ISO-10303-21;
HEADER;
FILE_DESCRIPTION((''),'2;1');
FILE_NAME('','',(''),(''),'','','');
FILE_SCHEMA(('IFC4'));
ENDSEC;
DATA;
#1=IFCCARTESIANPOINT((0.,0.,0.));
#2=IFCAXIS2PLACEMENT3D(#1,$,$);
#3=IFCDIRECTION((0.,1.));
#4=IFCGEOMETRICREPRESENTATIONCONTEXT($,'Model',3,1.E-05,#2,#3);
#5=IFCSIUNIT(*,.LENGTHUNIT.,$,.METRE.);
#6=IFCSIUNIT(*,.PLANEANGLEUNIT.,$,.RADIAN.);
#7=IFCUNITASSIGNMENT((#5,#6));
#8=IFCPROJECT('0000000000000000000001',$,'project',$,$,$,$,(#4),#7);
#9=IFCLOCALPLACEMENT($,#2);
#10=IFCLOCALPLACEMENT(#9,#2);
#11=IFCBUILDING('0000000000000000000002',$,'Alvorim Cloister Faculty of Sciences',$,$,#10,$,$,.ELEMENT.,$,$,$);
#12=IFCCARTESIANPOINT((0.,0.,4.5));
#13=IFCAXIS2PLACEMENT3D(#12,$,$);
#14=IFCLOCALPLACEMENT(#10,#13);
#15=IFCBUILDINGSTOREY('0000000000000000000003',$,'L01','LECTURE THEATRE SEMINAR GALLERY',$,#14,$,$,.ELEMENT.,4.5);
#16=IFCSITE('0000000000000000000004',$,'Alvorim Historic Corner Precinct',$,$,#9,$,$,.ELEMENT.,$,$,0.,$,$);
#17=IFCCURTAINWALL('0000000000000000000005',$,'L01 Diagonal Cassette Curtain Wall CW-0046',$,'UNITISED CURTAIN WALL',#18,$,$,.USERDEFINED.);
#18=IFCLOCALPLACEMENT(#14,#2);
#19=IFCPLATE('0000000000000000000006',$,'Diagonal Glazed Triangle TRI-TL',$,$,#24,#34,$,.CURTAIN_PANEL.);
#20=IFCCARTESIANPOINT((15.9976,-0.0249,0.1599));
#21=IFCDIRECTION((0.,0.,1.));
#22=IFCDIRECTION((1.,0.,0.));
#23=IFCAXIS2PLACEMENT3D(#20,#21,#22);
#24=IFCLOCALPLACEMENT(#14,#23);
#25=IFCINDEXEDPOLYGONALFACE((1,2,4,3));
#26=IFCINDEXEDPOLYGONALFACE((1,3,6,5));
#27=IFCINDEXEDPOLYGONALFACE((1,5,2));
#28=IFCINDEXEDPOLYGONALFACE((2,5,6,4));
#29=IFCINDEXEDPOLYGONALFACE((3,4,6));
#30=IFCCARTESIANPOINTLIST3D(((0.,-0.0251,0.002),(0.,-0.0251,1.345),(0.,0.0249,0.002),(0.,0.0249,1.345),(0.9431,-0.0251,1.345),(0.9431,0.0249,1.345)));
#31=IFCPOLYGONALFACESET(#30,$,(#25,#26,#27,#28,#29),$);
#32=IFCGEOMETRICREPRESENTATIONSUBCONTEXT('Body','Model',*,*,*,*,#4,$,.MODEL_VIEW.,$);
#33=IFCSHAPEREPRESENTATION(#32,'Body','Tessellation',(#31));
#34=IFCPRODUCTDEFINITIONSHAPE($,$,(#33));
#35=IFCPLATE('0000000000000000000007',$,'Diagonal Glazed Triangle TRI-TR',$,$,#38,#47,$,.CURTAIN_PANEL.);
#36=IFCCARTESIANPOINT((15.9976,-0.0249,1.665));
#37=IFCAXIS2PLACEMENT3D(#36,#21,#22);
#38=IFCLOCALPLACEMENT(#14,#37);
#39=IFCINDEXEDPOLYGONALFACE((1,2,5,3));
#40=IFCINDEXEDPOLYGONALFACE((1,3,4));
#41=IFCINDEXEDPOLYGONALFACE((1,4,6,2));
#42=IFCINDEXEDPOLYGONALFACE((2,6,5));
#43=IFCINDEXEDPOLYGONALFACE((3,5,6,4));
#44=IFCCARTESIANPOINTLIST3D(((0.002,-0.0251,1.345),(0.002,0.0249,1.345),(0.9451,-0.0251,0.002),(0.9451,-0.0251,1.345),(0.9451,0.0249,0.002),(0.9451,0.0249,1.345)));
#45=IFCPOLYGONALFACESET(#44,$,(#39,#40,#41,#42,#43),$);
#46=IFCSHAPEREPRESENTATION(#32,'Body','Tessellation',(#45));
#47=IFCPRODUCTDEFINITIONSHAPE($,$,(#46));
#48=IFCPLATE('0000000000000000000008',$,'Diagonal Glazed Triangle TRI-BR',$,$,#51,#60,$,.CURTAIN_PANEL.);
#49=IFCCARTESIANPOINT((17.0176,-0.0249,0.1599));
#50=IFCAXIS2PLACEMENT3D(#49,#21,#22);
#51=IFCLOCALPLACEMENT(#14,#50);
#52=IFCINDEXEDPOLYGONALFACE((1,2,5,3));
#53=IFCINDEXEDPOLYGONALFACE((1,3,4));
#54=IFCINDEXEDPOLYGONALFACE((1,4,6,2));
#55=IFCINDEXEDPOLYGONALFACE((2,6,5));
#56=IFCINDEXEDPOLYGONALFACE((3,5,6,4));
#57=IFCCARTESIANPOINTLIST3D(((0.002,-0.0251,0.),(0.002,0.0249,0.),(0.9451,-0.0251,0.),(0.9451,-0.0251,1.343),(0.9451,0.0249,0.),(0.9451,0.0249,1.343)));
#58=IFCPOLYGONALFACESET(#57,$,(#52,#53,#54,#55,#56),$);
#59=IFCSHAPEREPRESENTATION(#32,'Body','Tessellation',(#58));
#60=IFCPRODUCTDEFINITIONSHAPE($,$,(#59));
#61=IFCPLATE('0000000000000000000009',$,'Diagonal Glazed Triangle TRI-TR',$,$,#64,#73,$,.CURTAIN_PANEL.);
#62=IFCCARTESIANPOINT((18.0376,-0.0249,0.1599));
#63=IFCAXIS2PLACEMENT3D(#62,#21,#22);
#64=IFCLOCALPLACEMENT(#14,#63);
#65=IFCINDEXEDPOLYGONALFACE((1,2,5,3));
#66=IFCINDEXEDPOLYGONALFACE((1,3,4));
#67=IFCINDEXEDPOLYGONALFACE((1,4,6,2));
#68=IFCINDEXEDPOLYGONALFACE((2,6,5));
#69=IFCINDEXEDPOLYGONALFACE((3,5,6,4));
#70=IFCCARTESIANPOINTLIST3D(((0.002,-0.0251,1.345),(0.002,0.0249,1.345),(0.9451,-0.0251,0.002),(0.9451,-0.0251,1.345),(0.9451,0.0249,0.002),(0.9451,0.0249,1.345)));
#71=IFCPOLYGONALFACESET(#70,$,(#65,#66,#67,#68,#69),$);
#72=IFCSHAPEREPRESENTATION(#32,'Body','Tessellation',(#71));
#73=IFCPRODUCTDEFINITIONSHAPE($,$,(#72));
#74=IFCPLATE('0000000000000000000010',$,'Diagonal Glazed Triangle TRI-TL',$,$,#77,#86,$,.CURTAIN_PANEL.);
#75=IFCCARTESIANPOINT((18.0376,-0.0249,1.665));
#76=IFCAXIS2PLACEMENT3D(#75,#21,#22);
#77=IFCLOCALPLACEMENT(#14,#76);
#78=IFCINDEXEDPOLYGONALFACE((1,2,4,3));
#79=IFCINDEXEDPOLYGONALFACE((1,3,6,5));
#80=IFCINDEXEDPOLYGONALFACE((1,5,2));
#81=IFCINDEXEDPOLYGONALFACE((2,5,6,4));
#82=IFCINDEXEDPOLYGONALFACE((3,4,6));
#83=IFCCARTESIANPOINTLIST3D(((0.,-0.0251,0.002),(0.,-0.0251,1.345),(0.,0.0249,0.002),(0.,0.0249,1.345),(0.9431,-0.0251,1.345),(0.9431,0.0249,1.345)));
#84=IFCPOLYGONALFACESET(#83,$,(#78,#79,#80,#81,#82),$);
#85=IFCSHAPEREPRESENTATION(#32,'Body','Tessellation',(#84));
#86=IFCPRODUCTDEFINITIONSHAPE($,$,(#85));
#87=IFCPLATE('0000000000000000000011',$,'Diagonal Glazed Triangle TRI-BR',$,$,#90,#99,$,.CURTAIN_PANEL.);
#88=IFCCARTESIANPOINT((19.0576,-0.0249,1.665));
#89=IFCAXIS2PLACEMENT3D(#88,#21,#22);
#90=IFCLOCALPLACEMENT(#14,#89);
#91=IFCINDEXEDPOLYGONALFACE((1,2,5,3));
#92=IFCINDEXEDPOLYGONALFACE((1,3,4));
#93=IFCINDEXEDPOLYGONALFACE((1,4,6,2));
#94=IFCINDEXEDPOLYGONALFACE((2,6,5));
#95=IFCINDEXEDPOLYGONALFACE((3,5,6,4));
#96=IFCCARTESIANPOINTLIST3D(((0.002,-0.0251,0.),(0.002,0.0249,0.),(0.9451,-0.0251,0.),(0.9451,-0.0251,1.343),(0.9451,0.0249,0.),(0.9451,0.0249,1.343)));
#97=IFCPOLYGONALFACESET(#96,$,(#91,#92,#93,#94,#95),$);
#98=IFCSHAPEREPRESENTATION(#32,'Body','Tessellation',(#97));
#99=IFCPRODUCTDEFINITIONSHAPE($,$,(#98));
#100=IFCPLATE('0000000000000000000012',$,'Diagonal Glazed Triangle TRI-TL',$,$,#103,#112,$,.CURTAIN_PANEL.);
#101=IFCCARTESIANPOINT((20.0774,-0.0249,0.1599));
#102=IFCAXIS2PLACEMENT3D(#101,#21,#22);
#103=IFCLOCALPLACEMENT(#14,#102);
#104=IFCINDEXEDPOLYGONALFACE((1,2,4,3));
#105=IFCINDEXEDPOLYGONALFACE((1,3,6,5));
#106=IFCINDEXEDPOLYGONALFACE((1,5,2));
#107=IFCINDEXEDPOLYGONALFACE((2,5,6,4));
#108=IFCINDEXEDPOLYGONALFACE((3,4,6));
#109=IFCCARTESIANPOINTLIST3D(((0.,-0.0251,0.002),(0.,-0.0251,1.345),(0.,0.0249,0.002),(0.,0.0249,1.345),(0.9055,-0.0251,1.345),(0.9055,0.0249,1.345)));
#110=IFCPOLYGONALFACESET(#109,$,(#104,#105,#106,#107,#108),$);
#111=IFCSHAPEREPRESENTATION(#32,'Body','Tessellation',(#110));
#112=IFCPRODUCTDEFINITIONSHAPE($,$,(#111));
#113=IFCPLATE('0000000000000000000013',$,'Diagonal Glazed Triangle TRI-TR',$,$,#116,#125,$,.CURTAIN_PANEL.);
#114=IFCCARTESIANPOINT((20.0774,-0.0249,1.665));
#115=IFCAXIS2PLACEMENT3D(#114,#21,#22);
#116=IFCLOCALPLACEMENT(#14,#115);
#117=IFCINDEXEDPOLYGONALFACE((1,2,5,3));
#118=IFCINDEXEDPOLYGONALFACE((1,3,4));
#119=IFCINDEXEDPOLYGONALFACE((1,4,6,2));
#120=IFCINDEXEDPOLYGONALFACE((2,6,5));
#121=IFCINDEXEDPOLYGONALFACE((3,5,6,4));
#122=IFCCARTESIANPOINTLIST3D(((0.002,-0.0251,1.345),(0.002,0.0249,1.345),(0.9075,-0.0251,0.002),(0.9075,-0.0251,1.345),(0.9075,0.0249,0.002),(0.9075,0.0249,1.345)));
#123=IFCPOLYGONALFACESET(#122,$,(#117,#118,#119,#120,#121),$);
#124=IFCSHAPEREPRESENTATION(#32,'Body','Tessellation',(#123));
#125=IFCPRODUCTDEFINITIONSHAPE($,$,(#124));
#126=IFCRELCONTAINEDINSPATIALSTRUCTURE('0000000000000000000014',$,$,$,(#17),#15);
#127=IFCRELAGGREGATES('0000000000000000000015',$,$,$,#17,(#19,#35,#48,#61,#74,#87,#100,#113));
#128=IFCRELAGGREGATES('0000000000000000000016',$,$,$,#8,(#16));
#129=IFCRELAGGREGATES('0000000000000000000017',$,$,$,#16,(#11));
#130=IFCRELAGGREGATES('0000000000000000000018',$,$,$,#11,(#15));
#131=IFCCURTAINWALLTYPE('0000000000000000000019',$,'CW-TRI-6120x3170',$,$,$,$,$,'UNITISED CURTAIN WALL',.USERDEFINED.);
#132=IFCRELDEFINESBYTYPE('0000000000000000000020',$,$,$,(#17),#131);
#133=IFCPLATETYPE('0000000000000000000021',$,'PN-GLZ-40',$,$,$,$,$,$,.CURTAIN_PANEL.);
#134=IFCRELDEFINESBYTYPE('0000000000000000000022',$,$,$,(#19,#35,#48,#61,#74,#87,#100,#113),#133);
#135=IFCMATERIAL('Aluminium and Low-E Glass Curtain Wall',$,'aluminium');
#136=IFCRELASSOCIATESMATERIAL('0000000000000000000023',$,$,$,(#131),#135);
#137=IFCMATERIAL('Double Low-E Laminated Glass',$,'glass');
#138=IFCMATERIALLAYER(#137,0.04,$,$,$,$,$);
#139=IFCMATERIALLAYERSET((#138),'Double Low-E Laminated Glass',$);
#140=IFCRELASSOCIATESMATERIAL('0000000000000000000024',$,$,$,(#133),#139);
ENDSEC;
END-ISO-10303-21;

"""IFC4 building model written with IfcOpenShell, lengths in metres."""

from ifc_helpers import new_model, si_unit, direction, frame, origin, place, context, subcontext, project, spatial, polyline, outline, extrude, material, layer, layer_set, type_object, element, aggregate, save


model = new_model("IFC4")

# Units and contexts
model_context = context("Model", 3, precision=1e-05, world=origin(), true_north=direction((0.0, 1.0)))
body_context = subcontext(model_context, "Body", "Model", "MODEL_VIEW")
ifc_project = project(units=[si_unit("LENGTHUNIT", "METRE"), si_unit("PLANEANGLEUNIT", "RADIAN")], contexts=[model_context])

# Site, building, storey
site_placement = place(None, origin())
site = spatial("IfcSite", under=ifc_project, at=site_placement, Name="Alvorim Historic Corner Precinct", CompositionType="ELEMENT", RefElevation=0.0)
building_placement = place(site_placement, origin())
building = spatial("IfcBuilding", under=site, at=building_placement, Name="Alvorim Cloister Faculty of Sciences", CompositionType="ELEMENT")
storey_placement = place(building_placement, frame((0.0, 0.0, 4.5)))
storey = spatial("IfcBuildingStorey", under=building, at=storey_placement, Name="L01", Description="LECTURE THEATRE SEMINAR GALLERY", CompositionType="ELEMENT", Elevation=4.5)

# Curtain wall, plates
ifc_material_1 = material(Name="Aluminium and Low-E Glass Curtain Wall", Category="aluminium")
curtain_wall_type = type_object("IfcCurtainWallType", Name="CW-TRI-6120x3170", ElementType="UNITISED CURTAIN WALL", PredefinedType="USERDEFINED", material=ifc_material_1)
curtain_wall_placement = place(storey_placement, origin())
curtain_wall = element("IfcCurtainWall", 1, at=curtain_wall_placement, inside=storey, type_object=curtain_wall_type, Name="L01 Diagonal Cassette Curtain Wall CW-0046", ObjectType="UNITISED CURTAIN WALL", PredefinedType="USERDEFINED")
ifc_material_2 = material(Name="Double Low-E Laminated Glass", Category="glass")
ifc_layer = layer(ifc_material_2, 0.04)
ifc_layer_set = layer_set([ifc_layer], Name="Double Low-E Laminated Glass")
plate_type = type_object("IfcPlateType", Name="PN-GLZ-40", PredefinedType="CURTAIN_PANEL", material=ifc_layer_set)
plate_1_placement = place(storey_placement, frame((15.9976, -0.0249, 0.1599), z_axis=(0.0, 0.0, 1.0), x_axis=(1.0, 0.0, 0.0)))
plate_1 = element("IfcPlate", 2, at=plate_1_placement, type_object=plate_type, Name="Diagonal Glazed Triangle TRI-TL", PredefinedType="CURTAIN_PANEL", context=body_context, shape_type="SweptSolid", body=[
    extrude(outline(polyline([(0.9431, 1.345), (0.0, 1.345), (0.0, 0.002), (0.9431, 1.345)])), frame((0.0, 0.0249, 0.0), z_axis=(0.0, -1.0, 0.0), x_axis=(1.0, 0.0, 0.0)), (0.0, 0.0, 1.0), 0.05),
])
plate_2_placement = place(storey_placement, frame((15.9976, -0.0249, 1.665), z_axis=(0.0, 0.0, 1.0), x_axis=(1.0, 0.0, 0.0)))
plate_2 = element("IfcPlate", 3, at=plate_2_placement, type_object=plate_type, Name="Diagonal Glazed Triangle TRI-TR", PredefinedType="CURTAIN_PANEL", context=body_context, shape_type="SweptSolid", body=[
    extrude(outline(polyline([(0.9451, 0.002), (0.9451, 1.345), (0.002, 1.345), (0.9451, 0.002)])), frame((0.0, 0.0249, 0.0), z_axis=(0.0, -1.0, 0.0), x_axis=(1.0, 0.0, 0.0)), (0.0, 0.0, 1.0), 0.05),
])
plate_3_placement = place(storey_placement, frame((17.0176, -0.0249, 0.1599), z_axis=(0.0, 0.0, 1.0), x_axis=(1.0, 0.0, 0.0)))
plate_3 = element("IfcPlate", 4, at=plate_3_placement, type_object=plate_type, Name="Diagonal Glazed Triangle TRI-BR", PredefinedType="CURTAIN_PANEL", context=body_context, shape_type="SweptSolid", body=[
    extrude(outline(polyline([(0.002, 0.0), (0.9451, 0.0), (0.9451, 1.343), (0.002, 0.0)])), frame((0.0, 0.0249, 0.0), z_axis=(0.0, -1.0, 0.0), x_axis=(1.0, 0.0, 0.0)), (0.0, 0.0, 1.0), 0.05),
])
plate_4_placement = place(storey_placement, frame((18.0376, -0.0249, 0.1599), z_axis=(0.0, 0.0, 1.0), x_axis=(1.0, 0.0, 0.0)))
plate_4 = element("IfcPlate", 5, at=plate_4_placement, type_object=plate_type, Name="Diagonal Glazed Triangle TRI-TR", PredefinedType="CURTAIN_PANEL", context=body_context, shape_type="SweptSolid", body=[
    extrude(outline(polyline([(0.9451, 0.002), (0.9451, 1.345), (0.002, 1.345), (0.9451, 0.002)])), frame((0.0, 0.0249, 0.0), z_axis=(0.0, -1.0, 0.0), x_axis=(1.0, 0.0, 0.0)), (0.0, 0.0, 1.0), 0.05),
])
plate_5_placement = place(storey_placement, frame((18.0376, -0.0249, 1.665), z_axis=(0.0, 0.0, 1.0), x_axis=(1.0, 0.0, 0.0)))
plate_5 = element("IfcPlate", 6, at=plate_5_placement, type_object=plate_type, Name="Diagonal Glazed Triangle TRI-TL", PredefinedType="CURTAIN_PANEL", context=body_context, shape_type="SweptSolid", body=[
    extrude(outline(polyline([(0.9431, 1.345), (0.0, 1.345), (0.0, 0.002), (0.9431, 1.345)])), frame((0.0, 0.0249, 0.0), z_axis=(0.0, -1.0, 0.0), x_axis=(1.0, 0.0, 0.0)), (0.0, 0.0, 1.0), 0.05),
])
plate_6_placement = place(storey_placement, frame((19.0576, -0.0249, 1.665), z_axis=(0.0, 0.0, 1.0), x_axis=(1.0, 0.0, 0.0)))
plate_6 = element("IfcPlate", 7, at=plate_6_placement, type_object=plate_type, Name="Diagonal Glazed Triangle TRI-BR", PredefinedType="CURTAIN_PANEL", context=body_context, shape_type="SweptSolid", body=[
    extrude(outline(polyline([(0.002, 0.0), (0.9451, 0.0), (0.9451, 1.343), (0.002, 0.0)])), frame((0.0, 0.0249, 0.0), z_axis=(0.0, -1.0, 0.0), x_axis=(1.0, 0.0, 0.0)), (0.0, 0.0, 1.0), 0.05),
])
plate_7_placement = place(storey_placement, frame((20.0774, -0.0249, 0.1599), z_axis=(0.0, 0.0, 1.0), x_axis=(1.0, 0.0, 0.0)))
plate_7 = element("IfcPlate", 8, at=plate_7_placement, type_object=plate_type, Name="Diagonal Glazed Triangle TRI-TL", PredefinedType="CURTAIN_PANEL", context=body_context, shape_type="SweptSolid", body=[
    extrude(outline(polyline([(0.9055, 1.345), (0.0, 1.345), (0.0, 0.002), (0.9055, 1.345)])), frame((0.0, 0.0249, 0.0), z_axis=(0.0, -1.0, 0.0), x_axis=(1.0, 0.0, 0.0)), (0.0, 0.0, 1.0), 0.05),
])
plate_8_placement = place(storey_placement, frame((20.0774, -0.0249, 1.665), z_axis=(0.0, 0.0, 1.0), x_axis=(1.0, 0.0, 0.0)))
plate_8 = element("IfcPlate", 9, at=plate_8_placement, type_object=plate_type, Name="Diagonal Glazed Triangle TRI-TR", PredefinedType="CURTAIN_PANEL", context=body_context, shape_type="SweptSolid", body=[
    extrude(outline(polyline([(0.9075, 0.002), (0.9075, 1.345), (0.002, 1.345), (0.9075, 0.002)])), frame((0.0, 0.0249, 0.0), z_axis=(0.0, -1.0, 0.0), x_axis=(1.0, 0.0, 0.0)), (0.0, 0.0, 1.0), 0.05),
])
aggregate(curtain_wall, [plate_1, plate_2, plate_3, plate_4, plate_5, plate_6, plate_7, plate_8])

save(model, "model.ifc")
